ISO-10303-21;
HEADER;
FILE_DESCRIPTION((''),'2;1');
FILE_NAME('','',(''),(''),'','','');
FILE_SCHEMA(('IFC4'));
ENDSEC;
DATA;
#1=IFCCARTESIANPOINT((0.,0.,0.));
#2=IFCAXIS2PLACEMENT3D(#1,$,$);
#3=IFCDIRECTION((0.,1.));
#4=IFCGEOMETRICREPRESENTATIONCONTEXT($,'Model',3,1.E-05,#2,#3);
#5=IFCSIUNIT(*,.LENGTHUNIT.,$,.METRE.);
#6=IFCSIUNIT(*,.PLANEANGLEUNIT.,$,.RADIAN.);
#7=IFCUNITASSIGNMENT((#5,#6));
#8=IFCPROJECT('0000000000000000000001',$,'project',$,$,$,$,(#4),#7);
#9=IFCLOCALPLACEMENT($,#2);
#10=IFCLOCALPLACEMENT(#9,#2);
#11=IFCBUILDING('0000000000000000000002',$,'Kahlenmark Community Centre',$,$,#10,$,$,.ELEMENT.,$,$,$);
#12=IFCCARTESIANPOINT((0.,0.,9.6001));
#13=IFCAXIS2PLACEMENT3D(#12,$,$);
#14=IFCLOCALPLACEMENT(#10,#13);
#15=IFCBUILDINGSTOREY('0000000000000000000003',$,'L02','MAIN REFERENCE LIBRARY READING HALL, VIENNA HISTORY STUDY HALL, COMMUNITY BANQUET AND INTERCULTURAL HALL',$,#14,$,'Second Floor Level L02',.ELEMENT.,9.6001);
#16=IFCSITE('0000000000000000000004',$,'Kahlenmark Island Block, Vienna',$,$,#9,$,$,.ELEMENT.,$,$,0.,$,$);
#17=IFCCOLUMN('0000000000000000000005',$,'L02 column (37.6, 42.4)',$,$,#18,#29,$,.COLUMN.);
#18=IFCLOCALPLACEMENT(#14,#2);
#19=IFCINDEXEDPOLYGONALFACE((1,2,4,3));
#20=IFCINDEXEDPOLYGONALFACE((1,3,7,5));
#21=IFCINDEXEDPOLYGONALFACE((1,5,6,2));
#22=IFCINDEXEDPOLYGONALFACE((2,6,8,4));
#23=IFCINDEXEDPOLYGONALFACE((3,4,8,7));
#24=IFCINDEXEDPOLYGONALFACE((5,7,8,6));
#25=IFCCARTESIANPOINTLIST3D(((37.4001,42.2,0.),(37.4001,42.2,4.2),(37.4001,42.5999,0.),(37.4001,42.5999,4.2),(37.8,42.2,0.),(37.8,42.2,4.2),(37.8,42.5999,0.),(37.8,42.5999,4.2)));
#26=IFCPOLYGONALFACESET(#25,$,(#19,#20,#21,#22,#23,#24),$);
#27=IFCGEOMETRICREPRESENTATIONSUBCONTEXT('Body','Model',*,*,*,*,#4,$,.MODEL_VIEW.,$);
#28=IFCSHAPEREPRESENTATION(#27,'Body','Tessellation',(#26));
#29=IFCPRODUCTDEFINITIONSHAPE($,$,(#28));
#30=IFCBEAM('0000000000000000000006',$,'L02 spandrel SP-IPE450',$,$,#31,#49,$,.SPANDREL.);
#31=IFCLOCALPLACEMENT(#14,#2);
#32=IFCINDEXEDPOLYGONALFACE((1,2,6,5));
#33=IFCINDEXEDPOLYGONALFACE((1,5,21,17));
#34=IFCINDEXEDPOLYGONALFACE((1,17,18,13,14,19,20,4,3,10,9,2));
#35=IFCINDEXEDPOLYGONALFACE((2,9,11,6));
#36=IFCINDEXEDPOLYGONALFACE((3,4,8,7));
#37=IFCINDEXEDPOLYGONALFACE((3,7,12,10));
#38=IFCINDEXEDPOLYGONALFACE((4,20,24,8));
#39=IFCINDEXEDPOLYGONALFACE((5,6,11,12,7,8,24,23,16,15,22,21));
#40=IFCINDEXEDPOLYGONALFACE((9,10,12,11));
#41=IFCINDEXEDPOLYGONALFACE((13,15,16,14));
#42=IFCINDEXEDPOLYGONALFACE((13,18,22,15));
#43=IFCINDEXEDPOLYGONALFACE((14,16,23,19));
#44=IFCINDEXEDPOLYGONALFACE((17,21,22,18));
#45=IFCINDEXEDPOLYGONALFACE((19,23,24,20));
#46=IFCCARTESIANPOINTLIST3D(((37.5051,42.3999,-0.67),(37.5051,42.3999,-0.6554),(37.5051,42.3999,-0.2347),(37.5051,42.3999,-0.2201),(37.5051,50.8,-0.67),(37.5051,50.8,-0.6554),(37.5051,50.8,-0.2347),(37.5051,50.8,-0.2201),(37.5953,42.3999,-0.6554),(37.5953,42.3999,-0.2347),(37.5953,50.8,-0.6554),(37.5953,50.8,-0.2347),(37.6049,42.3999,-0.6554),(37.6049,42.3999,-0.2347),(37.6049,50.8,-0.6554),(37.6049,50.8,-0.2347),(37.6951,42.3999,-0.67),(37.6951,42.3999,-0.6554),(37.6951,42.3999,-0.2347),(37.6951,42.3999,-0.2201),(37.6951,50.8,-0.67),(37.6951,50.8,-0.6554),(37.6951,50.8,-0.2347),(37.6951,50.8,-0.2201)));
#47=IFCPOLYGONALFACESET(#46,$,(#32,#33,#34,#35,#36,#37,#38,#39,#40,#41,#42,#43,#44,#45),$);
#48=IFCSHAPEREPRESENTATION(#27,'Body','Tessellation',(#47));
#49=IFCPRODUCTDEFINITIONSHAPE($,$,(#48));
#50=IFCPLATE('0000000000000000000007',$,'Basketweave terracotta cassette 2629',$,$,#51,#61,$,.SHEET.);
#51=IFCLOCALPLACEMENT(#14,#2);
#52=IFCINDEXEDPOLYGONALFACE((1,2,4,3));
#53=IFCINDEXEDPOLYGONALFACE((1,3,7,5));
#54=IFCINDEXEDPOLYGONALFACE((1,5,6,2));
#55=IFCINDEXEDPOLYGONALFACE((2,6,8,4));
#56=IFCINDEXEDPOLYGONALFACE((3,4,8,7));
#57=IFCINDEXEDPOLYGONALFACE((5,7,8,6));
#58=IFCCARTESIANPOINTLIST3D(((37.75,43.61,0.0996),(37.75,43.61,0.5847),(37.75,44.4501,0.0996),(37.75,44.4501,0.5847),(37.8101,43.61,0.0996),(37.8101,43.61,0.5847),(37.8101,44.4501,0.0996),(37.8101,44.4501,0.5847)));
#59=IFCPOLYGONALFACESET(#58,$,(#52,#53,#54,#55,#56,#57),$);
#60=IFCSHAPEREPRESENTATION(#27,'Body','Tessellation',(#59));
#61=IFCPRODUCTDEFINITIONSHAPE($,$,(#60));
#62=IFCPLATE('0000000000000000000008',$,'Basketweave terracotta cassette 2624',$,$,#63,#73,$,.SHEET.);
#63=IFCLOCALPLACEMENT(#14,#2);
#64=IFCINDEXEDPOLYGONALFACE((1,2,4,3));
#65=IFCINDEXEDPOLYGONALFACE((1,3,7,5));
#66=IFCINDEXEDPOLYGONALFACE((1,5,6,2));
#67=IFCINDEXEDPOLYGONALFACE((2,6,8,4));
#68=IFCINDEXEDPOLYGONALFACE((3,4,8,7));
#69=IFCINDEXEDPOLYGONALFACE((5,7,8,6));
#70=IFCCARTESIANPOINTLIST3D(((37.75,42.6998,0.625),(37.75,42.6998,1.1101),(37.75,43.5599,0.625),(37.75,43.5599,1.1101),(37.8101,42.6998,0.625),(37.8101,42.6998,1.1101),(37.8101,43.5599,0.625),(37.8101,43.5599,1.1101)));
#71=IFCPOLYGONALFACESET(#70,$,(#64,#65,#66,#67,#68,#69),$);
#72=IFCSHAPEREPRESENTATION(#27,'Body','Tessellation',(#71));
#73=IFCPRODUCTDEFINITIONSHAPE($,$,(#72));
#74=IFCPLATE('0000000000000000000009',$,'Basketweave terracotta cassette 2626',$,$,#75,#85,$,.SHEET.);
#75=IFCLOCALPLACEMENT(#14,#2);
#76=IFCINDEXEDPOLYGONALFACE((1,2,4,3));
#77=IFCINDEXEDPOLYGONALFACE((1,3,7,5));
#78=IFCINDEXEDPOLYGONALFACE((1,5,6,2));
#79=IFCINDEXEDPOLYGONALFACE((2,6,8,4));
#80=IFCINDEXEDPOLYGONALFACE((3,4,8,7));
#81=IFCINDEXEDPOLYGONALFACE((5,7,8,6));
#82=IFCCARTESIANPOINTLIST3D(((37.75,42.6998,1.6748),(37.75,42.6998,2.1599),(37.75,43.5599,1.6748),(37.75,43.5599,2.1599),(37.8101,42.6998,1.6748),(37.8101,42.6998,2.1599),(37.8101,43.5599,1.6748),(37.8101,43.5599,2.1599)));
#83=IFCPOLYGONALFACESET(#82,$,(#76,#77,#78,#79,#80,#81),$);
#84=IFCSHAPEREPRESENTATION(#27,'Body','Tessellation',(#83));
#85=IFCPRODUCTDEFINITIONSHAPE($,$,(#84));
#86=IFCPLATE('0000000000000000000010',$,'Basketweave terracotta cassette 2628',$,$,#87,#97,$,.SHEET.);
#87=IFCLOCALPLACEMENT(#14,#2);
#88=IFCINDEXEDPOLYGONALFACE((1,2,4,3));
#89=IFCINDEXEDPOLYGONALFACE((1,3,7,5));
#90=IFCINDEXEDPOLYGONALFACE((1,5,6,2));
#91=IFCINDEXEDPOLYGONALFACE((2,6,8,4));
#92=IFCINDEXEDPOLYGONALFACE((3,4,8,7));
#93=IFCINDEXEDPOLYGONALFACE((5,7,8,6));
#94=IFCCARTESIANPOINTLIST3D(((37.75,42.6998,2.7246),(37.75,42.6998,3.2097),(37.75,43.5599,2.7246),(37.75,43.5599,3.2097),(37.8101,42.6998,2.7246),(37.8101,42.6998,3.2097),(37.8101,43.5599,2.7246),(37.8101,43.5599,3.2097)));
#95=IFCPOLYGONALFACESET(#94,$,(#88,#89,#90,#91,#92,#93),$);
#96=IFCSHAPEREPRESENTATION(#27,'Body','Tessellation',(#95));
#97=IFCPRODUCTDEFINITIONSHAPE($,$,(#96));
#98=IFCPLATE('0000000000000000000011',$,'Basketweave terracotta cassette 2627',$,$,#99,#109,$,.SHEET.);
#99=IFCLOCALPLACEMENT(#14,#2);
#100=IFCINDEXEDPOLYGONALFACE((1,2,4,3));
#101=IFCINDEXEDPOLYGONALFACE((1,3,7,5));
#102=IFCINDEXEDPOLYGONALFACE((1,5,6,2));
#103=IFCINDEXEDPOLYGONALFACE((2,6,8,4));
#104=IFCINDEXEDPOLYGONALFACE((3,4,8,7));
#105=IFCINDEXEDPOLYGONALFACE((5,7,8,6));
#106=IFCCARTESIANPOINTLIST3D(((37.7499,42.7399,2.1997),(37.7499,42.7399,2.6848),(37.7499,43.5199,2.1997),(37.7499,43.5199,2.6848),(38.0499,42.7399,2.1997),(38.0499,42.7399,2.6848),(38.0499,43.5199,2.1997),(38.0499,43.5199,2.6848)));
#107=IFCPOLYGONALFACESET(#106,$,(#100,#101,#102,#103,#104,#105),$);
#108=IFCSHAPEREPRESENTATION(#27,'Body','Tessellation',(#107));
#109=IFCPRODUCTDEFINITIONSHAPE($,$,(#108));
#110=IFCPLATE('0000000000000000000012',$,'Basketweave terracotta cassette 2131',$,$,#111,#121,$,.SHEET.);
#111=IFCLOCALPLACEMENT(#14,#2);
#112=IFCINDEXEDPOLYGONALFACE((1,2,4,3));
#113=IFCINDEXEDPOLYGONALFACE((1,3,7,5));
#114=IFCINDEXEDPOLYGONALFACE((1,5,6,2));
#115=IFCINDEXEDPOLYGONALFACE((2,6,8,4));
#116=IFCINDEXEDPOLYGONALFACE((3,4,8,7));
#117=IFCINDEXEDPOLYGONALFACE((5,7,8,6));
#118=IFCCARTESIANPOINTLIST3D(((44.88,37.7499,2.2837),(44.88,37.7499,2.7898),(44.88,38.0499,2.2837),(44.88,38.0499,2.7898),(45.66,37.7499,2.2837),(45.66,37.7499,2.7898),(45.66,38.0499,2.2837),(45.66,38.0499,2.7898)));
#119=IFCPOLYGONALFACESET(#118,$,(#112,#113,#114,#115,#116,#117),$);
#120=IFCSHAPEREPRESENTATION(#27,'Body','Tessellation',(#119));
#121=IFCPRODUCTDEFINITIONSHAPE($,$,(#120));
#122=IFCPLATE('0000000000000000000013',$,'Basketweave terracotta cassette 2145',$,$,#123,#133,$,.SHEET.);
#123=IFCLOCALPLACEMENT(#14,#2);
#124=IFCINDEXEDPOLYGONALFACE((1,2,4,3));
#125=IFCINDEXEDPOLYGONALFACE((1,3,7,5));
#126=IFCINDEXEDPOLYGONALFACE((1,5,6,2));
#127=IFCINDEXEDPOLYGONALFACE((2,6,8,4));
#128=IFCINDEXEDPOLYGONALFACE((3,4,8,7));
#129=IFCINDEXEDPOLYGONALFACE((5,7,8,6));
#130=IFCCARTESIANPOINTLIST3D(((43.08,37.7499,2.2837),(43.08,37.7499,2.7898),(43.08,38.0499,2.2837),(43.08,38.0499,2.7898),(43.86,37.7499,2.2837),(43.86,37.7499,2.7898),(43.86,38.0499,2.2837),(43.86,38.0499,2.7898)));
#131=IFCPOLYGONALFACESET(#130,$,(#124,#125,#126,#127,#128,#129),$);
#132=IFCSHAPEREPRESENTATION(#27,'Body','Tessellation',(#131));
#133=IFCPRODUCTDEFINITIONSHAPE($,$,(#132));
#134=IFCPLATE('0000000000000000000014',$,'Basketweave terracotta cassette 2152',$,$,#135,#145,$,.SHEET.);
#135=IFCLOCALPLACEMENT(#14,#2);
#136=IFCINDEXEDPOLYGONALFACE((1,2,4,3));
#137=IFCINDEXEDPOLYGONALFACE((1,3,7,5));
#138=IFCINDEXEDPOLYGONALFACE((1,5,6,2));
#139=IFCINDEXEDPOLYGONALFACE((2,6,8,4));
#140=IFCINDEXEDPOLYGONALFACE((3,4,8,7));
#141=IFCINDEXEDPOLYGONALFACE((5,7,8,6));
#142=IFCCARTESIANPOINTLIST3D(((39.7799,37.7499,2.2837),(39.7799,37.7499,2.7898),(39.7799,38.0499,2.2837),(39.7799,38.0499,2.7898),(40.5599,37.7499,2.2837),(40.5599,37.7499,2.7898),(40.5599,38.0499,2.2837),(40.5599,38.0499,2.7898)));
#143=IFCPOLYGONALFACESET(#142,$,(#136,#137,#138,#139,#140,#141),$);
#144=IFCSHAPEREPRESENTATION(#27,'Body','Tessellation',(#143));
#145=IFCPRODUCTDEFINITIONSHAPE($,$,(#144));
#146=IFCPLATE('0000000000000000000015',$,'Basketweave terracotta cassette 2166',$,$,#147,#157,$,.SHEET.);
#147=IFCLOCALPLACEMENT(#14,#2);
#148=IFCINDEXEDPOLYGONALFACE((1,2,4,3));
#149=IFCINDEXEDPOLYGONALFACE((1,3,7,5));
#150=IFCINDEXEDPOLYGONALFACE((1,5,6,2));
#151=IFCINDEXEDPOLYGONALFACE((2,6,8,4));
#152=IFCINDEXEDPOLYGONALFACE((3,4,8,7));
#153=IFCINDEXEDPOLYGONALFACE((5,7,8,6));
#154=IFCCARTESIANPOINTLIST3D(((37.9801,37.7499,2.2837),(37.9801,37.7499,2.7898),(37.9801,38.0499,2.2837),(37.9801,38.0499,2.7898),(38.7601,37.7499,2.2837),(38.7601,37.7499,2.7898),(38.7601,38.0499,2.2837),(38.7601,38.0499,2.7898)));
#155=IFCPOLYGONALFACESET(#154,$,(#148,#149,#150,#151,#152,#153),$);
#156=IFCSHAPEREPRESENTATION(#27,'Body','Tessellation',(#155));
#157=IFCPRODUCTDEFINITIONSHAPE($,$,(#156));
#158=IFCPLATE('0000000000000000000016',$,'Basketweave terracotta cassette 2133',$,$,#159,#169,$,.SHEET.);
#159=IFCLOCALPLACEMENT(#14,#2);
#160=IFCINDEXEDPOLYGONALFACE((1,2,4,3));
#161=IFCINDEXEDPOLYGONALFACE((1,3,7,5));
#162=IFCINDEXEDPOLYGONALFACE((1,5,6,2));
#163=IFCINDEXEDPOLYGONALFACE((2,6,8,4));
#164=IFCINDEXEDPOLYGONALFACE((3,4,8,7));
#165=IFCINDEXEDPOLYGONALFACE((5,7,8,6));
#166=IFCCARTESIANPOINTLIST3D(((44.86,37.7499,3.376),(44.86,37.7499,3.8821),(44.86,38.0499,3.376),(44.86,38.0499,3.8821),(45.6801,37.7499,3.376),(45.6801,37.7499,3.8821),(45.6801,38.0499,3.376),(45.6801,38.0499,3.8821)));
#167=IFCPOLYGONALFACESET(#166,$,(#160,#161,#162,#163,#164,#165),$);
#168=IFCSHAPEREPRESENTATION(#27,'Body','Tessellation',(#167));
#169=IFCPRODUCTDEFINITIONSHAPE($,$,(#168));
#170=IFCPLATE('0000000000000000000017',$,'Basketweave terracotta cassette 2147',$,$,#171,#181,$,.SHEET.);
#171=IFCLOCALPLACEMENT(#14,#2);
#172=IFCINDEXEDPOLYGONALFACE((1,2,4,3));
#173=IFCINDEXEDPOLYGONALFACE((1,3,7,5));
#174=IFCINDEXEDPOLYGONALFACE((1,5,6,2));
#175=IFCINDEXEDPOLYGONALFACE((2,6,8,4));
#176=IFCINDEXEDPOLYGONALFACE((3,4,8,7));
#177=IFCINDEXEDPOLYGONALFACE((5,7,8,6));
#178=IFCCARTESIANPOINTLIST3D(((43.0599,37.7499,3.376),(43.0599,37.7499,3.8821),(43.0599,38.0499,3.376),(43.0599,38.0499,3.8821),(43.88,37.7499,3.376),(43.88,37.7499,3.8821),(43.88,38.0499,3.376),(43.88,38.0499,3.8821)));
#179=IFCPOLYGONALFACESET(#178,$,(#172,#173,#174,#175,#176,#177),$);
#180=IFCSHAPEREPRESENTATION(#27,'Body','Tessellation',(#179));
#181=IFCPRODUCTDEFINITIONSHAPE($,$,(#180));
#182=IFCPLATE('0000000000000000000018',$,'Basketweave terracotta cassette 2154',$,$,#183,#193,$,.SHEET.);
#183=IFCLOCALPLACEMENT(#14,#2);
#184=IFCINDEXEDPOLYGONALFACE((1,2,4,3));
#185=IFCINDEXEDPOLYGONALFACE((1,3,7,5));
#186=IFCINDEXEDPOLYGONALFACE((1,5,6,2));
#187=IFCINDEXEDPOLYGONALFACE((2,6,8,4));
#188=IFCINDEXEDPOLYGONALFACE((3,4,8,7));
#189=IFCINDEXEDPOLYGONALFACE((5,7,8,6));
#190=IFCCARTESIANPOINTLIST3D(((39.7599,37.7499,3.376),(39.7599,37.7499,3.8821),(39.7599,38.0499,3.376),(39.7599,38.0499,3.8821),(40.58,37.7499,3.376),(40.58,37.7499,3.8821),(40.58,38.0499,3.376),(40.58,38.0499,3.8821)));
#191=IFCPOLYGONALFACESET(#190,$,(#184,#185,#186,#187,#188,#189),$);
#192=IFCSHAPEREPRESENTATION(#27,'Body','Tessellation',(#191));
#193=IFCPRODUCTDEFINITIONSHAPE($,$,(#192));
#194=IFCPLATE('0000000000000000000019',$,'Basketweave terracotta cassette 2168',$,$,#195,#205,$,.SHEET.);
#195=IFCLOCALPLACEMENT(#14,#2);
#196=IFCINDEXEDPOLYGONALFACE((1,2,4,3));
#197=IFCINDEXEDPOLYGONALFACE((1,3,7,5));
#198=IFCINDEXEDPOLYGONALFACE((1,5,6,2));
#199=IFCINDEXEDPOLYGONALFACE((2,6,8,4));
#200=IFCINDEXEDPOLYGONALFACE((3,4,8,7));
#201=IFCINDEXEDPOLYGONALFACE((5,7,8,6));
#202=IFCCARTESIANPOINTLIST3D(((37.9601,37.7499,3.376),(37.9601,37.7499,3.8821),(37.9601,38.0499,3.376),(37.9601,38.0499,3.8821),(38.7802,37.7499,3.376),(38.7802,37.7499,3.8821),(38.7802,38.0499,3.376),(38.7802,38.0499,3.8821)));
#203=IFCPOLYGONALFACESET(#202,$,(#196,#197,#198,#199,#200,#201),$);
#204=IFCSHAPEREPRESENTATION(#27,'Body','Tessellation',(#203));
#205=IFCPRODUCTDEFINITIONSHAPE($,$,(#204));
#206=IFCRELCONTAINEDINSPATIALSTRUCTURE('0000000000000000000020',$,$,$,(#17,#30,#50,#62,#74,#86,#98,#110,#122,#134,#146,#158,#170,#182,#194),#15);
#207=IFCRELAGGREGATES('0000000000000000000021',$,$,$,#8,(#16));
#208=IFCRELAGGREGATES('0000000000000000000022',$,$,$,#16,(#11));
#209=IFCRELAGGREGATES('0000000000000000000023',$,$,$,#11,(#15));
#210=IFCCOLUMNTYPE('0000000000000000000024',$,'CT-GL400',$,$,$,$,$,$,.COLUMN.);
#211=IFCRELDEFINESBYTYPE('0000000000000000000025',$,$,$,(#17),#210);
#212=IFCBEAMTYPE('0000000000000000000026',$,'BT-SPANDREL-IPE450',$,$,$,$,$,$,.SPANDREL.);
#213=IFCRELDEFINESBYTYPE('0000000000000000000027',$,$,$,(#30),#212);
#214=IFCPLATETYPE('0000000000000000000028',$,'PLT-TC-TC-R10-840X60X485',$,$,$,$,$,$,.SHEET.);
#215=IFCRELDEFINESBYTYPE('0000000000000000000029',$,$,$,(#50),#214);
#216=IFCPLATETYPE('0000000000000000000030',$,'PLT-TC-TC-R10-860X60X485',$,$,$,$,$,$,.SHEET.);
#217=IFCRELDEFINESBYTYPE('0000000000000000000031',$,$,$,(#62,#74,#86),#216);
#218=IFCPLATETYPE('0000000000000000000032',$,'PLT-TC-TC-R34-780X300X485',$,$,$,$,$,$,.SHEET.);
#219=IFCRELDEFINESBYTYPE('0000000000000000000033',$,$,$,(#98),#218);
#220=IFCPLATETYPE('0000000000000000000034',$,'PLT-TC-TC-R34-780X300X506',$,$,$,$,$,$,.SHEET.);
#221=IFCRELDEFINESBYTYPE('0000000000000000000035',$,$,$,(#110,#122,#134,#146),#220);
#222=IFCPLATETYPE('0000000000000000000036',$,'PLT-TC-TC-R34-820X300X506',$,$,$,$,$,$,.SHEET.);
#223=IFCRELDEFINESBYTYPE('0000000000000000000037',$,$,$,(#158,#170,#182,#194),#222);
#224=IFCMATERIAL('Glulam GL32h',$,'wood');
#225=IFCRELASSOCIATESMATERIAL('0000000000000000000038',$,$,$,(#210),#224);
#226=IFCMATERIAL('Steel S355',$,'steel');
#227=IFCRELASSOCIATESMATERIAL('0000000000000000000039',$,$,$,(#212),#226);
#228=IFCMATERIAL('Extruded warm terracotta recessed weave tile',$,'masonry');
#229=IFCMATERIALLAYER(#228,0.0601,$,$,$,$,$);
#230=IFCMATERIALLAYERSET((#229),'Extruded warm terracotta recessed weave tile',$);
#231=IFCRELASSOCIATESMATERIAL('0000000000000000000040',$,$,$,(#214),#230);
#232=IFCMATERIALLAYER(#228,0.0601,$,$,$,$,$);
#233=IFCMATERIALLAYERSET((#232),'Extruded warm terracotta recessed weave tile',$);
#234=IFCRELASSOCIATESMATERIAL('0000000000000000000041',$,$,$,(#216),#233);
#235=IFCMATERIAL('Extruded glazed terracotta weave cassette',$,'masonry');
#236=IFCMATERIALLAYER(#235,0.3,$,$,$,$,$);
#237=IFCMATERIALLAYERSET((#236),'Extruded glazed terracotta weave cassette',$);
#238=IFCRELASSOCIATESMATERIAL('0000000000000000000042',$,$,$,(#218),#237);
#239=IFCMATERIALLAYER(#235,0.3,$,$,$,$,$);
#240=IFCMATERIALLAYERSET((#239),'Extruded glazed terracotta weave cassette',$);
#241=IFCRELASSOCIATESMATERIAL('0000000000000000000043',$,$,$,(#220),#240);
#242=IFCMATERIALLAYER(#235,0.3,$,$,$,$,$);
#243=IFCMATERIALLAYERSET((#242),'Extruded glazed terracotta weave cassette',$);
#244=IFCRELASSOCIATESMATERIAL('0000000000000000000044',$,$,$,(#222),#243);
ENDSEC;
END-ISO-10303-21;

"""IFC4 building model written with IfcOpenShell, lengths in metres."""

from ifc_helpers import new_model, si_unit, direction, frame, origin, origin_2d, place, context, subcontext, project, spatial, rectangle, i_section, extrude, material, layer, layer_set, material_profile, profile_set, type_object, element, save


model = new_model("IFC4")

# Units and contexts
model_context = context("Model", 3, precision=1e-05, world=origin(), true_north=direction((0.0, 1.0)))
body_context = subcontext(model_context, "Body", "Model", "MODEL_VIEW")
ifc_project = project(units=[si_unit("LENGTHUNIT", "METRE"), si_unit("PLANEANGLEUNIT", "RADIAN")], contexts=[model_context])

# Site, building, storey
site_placement = place(None, origin())
site = spatial("IfcSite", under=ifc_project, at=site_placement, Name="Kahlenmark Island Block, Vienna", CompositionType="ELEMENT", RefElevation=0.0)
building_placement = place(site_placement, origin())
building = spatial("IfcBuilding", under=site, at=building_placement, Name="Kahlenmark Community Centre", CompositionType="ELEMENT")
storey_placement = place(building_placement, frame((0.0, 0.0, 9.6001)))
storey = spatial("IfcBuildingStorey", under=building, at=storey_placement, Name="L02", Description="MAIN REFERENCE LIBRARY READING HALL, VIENNA HISTORY STUDY HALL, COMMUNITY BANQUET AND INTERCULTURAL HALL", LongName="Second Floor Level L02", CompositionType="ELEMENT", Elevation=9.6001)

# Column
ifc_material_1 = material(Name="Glulam GL32h", Category="wood")
ifc_material_profile_1 = material_profile(ifc_material_1, rectangle(XDim=0.3999, YDim=0.3999, at=origin_2d()), Name="GL32h 400x400")
ifc_profile_set_1 = profile_set([ifc_material_profile_1], Name="Glulam GL32h")
column_type = type_object("IfcColumnType", Name="CT-GL400", PredefinedType="COLUMN", material=ifc_profile_set_1)
column_placement = place(storey_placement, frame((37.6001, 42.3999, 0.0), z_axis=(0.0, 0.0, 1.0), x_axis=(1.0, 0.0, 0.0)))
element("IfcColumn", 1, at=column_placement, inside=storey, type_object=column_type, Name="L02 column (37.6, 42.4)", PredefinedType="COLUMN", context=body_context, shape_type="SweptSolid", body=[
    extrude(rectangle(XDim=0.3999, YDim=0.3999, at=origin_2d()), origin(), (0.0, 0.0, 1.0), 4.2),
])

# Beam
ifc_material_2 = material(Name="Steel S355", Category="steel")
ifc_material_profile_2 = material_profile(ifc_material_2, i_section(OverallWidth=0.1899, OverallDepth=0.45, WebThickness=0.0095, FlangeThickness=0.0146, at=origin_2d()), Name="IPE 450")
ifc_profile_set_2 = profile_set([ifc_material_profile_2], Name="Steel S355")
beam_type = type_object("IfcBeamType", Name="BT-SPANDREL-IPE450", PredefinedType="SPANDREL", material=ifc_profile_set_2)
beam_placement = place(storey_placement, frame((37.6001, 42.3999, -0.4451), z_axis=(0.0, 1.0, 0.0), x_axis=(-1.0, 0.0, 0.0)))
element("IfcBeam", 2, at=beam_placement, inside=storey, type_object=beam_type, Name="L02 spandrel SP-IPE450", PredefinedType="SPANDREL", context=body_context, shape_type="SweptSolid", body=[
    extrude(i_section(OverallWidth=0.1899, OverallDepth=0.45, WebThickness=0.0095, FlangeThickness=0.0146, at=origin_2d()), origin(), (0.0, 0.0, 1.0), 8.4001),
])

# Plates
ifc_material_3 = material(Name="Extruded warm terracotta recessed weave tile", Category="masonry")
ifc_layer_1 = layer(ifc_material_3, 0.0601)
ifc_layer_set_1 = layer_set([ifc_layer_1], Name="Extruded warm terracotta recessed weave tile")
plate_type_1 = type_object("IfcPlateType", Name="PLT-TC-TC-R10-840X60X485", PredefinedType="SHEET", material=ifc_layer_set_1)
plate_1_placement = place(storey_placement, frame((37.78, 44.03, 0.0996), z_axis=(0.0, 0.0, 1.0), x_axis=(0.0, 1.0, 0.0)))
element("IfcPlate", 3, at=plate_1_placement, inside=storey, type_object=plate_type_1, Name="Basketweave terracotta cassette 2629", PredefinedType="SHEET", context=body_context, shape_type="SweptSolid", body=[
    extrude(rectangle(XDim=0.8401, YDim=0.0601, at=origin_2d()), origin(), (0.0, 0.0, 1.0), 0.4851),
])
ifc_layer_2 = layer(ifc_material_3, 0.0601)
ifc_layer_set_2 = layer_set([ifc_layer_2], Name="Extruded warm terracotta recessed weave tile")
plate_type_2 = type_object("IfcPlateType", Name="PLT-TC-TC-R10-860X60X485", PredefinedType="SHEET", material=ifc_layer_set_2)
for number, where, z_axis, x_axis, name in (
    (4, (37.78, 43.1299, 0.625), (0.0, 0.0, 1.0), (0.0, 1.0, 0.0), "Basketweave terracotta cassette 2624"),
    (5, (37.78, 43.1299, 1.6748), (0.0, 0.0, 1.0), (0.0, 1.0, 0.0), "Basketweave terracotta cassette 2626"),
    (6, (37.78, 43.1299, 2.7246), (0.0, 0.0, 1.0), (0.0, 1.0, 0.0), "Basketweave terracotta cassette 2628"),
):
    element("IfcPlate", number, at=place(storey_placement, frame(where, z_axis=z_axis, x_axis=x_axis)), inside=storey, type_object=plate_type_2, Name=name, PredefinedType="SHEET", context=body_context, shape_type="SweptSolid", body=[
        extrude(rectangle(XDim=0.8601, YDim=0.0601, at=origin_2d()), origin(), (0.0, 0.0, 1.0), 0.4851),
    ])
ifc_material_4 = material(Name="Extruded glazed terracotta weave cassette", Category="masonry")
ifc_layer_3 = layer(ifc_material_4, 0.3)
ifc_layer_set_3 = layer_set([ifc_layer_3], Name="Extruded glazed terracotta weave cassette")
plate_type_3 = type_object("IfcPlateType", Name="PLT-TC-TC-R34-780X300X485", PredefinedType="SHEET", material=ifc_layer_set_3)
plate_2_placement = place(storey_placement, frame((37.8999, 43.1299, 2.1997), z_axis=(0.0, 0.0, 1.0), x_axis=(0.0, 1.0, 0.0)))
element("IfcPlate", 7, at=plate_2_placement, inside=storey, type_object=plate_type_3, Name="Basketweave terracotta cassette 2627", PredefinedType="SHEET", context=body_context, shape_type="SweptSolid", body=[
    extrude(rectangle(XDim=0.78, YDim=0.3, at=origin_2d()), origin(), (0.0, 0.0, 1.0), 0.4851),
])
ifc_layer_4 = layer(ifc_material_4, 0.3)
ifc_layer_set_4 = layer_set([ifc_layer_4], Name="Extruded glazed terracotta weave cassette")
plate_type_4 = type_object("IfcPlateType", Name="PLT-TC-TC-R34-780X300X506", PredefinedType="SHEET", material=ifc_layer_set_4)
for number, where, z_axis, x_axis, name in (
    (8, (45.27, 37.8999, 2.2837), (0.0, 0.0, 1.0), (-1.0, 0.0, 0.0), "Basketweave terracotta cassette 2131"),
    (9, (43.47, 37.8999, 2.2837), (0.0, 0.0, 1.0), (-1.0, 0.0, 0.0), "Basketweave terracotta cassette 2145"),
    (10, (40.1699, 37.8999, 2.2837), (0.0, 0.0, 1.0), (-1.0, 0.0, 0.0), "Basketweave terracotta cassette 2152"),
    (11, (38.3701, 37.8999, 2.2837), (0.0, 0.0, 1.0), (-1.0, 0.0, 0.0), "Basketweave terracotta cassette 2166"),
):
    element("IfcPlate", number, at=place(storey_placement, frame(where, z_axis=z_axis, x_axis=x_axis)), inside=storey, type_object=plate_type_4, Name=name, PredefinedType="SHEET", context=body_context, shape_type="SweptSolid", body=[
        extrude(rectangle(XDim=0.78, YDim=0.3, at=origin_2d()), origin(), (0.0, 0.0, 1.0), 0.5061),
    ])
ifc_layer_5 = layer(ifc_material_4, 0.3)
ifc_layer_set_5 = layer_set([ifc_layer_5], Name="Extruded glazed terracotta weave cassette")
plate_type_5 = type_object("IfcPlateType", Name="PLT-TC-TC-R34-820X300X506", PredefinedType="SHEET", material=ifc_layer_set_5)
for number, where, z_axis, x_axis, name in (
    (12, (45.27, 37.8999, 3.376), (0.0, 0.0, 1.0), (-1.0, 0.0, 0.0), "Basketweave terracotta cassette 2133"),
    (13, (43.47, 37.8999, 3.376), (0.0, 0.0, 1.0), (-1.0, 0.0, 0.0), "Basketweave terracotta cassette 2147"),
    (14, (40.1699, 37.8999, 3.376), (0.0, 0.0, 1.0), (-1.0, 0.0, 0.0), "Basketweave terracotta cassette 2154"),
    (15, (38.3701, 37.8999, 3.376), (0.0, 0.0, 1.0), (-1.0, 0.0, 0.0), "Basketweave terracotta cassette 2168"),
):
    element("IfcPlate", number, at=place(storey_placement, frame(where, z_axis=z_axis, x_axis=x_axis)), inside=storey, type_object=plate_type_5, Name=name, PredefinedType="SHEET", context=body_context, shape_type="SweptSolid", body=[
        extrude(rectangle(XDim=0.8201, YDim=0.3, at=origin_2d()), origin(), (0.0, 0.0, 1.0), 0.5061),
    ])

save(model, "model.ifc")
